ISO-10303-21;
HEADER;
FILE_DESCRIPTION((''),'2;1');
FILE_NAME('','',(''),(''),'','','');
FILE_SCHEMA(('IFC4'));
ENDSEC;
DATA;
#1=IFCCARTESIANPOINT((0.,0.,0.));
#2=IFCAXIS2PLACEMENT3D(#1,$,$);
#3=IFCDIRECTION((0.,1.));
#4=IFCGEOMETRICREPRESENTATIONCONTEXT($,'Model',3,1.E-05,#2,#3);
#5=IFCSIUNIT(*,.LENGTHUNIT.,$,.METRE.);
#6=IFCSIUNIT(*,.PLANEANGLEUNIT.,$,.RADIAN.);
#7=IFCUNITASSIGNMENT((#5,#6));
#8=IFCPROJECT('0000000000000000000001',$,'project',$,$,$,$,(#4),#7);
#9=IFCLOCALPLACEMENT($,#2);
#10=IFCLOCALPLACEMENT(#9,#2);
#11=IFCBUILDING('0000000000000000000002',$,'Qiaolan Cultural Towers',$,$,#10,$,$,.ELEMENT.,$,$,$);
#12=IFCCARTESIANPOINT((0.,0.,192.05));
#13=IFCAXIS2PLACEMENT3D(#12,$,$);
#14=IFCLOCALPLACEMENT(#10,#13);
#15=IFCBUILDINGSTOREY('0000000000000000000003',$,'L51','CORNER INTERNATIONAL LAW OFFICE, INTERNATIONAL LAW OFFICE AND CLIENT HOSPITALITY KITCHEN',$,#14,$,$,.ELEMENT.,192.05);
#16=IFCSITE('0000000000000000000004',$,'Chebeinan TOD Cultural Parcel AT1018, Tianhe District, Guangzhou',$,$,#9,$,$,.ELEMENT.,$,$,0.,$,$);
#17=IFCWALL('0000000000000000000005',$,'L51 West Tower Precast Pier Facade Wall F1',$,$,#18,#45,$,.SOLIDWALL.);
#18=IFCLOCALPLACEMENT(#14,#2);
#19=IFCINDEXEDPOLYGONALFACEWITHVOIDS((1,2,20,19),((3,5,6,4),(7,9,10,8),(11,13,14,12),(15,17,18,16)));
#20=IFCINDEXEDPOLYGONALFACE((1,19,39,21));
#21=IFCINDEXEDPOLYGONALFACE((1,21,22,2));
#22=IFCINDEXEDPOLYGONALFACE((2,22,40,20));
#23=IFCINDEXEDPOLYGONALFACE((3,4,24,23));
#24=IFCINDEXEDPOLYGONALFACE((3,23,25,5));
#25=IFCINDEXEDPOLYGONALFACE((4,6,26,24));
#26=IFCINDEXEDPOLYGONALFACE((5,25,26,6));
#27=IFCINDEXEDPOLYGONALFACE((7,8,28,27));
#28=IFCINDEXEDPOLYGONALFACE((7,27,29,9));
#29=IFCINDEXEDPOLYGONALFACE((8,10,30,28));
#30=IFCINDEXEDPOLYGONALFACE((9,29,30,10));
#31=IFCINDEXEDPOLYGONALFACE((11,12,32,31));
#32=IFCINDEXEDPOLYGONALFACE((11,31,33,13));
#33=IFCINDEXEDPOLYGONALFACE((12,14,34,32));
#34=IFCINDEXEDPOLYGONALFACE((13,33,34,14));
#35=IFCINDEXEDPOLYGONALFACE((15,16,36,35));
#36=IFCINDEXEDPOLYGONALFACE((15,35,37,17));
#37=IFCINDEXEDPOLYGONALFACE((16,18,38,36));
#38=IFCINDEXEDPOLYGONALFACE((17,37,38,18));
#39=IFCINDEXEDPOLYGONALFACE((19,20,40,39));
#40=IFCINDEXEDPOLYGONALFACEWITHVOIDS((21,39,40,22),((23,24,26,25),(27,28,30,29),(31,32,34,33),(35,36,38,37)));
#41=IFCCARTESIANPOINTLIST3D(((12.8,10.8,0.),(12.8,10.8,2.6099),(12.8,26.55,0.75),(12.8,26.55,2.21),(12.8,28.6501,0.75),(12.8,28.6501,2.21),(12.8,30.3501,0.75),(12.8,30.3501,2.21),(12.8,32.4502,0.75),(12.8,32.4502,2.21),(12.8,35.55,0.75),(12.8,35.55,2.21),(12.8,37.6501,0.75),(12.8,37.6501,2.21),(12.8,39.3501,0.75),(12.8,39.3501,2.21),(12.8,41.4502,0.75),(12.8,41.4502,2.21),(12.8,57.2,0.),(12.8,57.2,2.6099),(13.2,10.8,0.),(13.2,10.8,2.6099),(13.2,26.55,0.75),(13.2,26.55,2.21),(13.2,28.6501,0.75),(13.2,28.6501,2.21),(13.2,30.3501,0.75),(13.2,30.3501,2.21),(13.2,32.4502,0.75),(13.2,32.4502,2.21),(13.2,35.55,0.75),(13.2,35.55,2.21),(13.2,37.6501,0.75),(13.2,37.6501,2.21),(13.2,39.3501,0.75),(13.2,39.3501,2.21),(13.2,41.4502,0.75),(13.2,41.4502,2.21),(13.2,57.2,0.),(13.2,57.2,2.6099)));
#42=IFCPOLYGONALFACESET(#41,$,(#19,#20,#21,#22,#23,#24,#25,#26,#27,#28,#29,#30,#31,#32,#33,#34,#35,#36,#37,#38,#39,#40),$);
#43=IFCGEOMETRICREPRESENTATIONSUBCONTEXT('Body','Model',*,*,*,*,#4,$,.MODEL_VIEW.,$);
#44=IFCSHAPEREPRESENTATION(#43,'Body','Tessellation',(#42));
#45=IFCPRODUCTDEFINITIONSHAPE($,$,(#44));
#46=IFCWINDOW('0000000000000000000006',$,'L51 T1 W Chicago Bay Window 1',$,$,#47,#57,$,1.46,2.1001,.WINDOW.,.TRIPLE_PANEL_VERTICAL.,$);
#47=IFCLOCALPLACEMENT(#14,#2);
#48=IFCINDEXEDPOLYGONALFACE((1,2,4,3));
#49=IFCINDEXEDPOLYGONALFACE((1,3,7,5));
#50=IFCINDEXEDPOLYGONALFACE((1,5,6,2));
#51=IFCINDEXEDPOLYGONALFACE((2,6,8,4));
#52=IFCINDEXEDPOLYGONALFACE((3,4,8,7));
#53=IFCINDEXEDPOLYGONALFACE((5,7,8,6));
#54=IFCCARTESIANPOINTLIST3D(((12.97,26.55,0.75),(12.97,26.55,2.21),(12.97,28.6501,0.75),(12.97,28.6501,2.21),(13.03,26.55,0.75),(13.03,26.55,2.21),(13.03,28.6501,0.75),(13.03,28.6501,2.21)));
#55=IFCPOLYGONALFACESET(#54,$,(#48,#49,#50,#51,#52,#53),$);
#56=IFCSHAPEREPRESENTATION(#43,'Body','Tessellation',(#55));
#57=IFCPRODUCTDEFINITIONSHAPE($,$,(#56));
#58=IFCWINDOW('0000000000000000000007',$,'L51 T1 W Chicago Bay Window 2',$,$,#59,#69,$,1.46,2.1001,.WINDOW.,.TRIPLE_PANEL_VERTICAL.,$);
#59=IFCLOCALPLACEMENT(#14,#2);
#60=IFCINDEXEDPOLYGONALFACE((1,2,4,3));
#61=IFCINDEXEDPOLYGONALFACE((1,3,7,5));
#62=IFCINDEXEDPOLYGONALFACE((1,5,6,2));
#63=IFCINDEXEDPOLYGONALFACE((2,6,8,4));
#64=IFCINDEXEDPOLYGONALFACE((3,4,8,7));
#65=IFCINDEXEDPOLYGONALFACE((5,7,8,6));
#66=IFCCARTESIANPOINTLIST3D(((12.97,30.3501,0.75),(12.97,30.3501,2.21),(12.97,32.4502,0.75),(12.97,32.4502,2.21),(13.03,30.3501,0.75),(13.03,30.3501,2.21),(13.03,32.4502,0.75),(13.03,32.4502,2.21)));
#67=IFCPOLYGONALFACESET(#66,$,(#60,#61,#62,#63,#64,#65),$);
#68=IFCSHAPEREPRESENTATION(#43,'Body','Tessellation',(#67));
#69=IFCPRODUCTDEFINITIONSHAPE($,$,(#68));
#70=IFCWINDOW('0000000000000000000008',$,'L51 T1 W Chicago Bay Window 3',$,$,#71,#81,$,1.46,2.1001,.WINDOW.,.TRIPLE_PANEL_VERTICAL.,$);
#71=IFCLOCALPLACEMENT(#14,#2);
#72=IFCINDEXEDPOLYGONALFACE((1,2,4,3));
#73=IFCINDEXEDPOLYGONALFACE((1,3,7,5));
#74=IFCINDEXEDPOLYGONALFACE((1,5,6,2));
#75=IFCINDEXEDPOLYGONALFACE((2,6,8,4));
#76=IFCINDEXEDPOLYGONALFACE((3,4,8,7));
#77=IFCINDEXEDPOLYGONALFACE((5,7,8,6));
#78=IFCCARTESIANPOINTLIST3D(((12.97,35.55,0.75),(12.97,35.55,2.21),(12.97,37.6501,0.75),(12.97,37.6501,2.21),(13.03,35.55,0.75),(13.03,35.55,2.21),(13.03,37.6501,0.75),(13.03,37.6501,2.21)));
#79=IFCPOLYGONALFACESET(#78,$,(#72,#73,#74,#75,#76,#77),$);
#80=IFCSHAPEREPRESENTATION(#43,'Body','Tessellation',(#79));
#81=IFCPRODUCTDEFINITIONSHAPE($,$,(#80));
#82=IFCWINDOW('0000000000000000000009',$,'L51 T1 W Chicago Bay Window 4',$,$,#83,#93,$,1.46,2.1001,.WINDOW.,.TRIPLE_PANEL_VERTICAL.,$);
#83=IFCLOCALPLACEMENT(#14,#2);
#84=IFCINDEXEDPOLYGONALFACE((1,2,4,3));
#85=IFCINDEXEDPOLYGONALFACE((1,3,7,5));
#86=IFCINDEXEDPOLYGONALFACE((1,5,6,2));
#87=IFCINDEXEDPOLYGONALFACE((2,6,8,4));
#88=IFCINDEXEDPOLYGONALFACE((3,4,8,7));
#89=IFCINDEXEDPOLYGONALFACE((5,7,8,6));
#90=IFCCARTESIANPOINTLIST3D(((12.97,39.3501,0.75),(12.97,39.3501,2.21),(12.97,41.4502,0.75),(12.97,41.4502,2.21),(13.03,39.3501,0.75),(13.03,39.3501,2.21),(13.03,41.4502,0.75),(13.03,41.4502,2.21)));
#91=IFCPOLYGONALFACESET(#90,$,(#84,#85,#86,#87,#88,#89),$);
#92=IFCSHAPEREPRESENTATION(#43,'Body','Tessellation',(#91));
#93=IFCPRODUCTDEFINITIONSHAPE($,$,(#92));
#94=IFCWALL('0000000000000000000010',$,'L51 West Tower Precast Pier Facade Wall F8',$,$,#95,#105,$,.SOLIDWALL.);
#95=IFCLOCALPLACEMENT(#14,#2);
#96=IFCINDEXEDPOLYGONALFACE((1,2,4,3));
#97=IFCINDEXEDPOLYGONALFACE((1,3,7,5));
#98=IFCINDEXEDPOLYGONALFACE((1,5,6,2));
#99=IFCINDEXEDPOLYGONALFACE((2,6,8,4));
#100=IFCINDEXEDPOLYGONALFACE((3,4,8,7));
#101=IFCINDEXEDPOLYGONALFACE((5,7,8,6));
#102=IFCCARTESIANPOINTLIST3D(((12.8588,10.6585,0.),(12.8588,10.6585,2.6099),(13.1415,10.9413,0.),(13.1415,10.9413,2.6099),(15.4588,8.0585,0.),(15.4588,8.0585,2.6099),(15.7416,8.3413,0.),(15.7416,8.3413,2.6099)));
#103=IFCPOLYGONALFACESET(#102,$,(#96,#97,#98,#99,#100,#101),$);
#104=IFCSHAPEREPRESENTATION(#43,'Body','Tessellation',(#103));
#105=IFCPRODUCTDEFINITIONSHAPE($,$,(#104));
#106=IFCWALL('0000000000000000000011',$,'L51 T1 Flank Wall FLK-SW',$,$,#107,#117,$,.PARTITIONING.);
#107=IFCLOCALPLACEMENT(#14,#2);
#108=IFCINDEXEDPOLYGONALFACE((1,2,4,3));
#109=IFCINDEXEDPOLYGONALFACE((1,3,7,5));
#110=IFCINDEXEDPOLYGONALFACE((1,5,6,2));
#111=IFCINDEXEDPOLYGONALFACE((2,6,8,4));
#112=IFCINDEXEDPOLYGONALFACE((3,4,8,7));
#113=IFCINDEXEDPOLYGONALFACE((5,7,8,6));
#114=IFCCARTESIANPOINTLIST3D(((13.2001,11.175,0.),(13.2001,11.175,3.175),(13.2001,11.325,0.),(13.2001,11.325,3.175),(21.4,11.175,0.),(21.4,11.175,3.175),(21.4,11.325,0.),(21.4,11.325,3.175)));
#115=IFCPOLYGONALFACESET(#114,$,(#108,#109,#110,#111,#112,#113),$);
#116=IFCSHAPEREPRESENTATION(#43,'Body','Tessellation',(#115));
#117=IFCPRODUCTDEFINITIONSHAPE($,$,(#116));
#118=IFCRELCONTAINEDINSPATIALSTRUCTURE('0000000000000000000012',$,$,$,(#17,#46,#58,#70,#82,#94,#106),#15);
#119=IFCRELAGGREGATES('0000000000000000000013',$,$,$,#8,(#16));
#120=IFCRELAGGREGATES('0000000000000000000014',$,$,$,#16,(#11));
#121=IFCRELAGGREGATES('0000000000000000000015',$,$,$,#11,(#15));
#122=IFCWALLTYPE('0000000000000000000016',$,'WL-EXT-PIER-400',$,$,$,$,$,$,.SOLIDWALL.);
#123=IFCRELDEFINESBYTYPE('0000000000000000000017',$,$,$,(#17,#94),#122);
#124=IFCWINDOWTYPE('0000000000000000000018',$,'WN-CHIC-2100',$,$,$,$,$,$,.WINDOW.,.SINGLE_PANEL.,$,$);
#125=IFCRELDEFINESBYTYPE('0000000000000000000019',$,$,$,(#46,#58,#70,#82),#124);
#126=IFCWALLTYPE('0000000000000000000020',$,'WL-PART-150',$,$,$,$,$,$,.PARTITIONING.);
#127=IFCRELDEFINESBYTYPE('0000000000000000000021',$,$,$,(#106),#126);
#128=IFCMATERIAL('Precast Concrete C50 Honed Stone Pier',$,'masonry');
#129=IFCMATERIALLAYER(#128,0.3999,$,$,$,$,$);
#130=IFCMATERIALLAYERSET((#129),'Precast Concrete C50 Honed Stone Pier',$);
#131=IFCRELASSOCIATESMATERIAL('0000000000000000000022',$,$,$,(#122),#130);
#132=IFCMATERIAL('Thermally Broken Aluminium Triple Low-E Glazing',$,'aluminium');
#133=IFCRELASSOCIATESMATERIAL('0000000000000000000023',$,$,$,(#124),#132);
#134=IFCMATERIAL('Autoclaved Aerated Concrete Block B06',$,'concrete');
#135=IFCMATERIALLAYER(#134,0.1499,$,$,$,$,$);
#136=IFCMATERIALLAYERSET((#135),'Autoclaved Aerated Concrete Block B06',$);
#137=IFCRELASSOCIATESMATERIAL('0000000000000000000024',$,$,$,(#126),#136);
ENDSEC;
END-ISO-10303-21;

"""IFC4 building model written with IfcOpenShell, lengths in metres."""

from ifc_helpers import new_model, si_unit, direction, frame, frame_2d, origin, place, context, subcontext, project, spatial, rectangle, extrude, material, layer, layer_set, type_object, element, fill, save


model = new_model("IFC4")

# Units and contexts
model_context = context("Model", 3, precision=1e-05, world=origin(), true_north=direction((0.0, 1.0)))
body_context = subcontext(model_context, "Body", "Model", "MODEL_VIEW")
ifc_project = project(units=[si_unit("LENGTHUNIT", "METRE"), si_unit("PLANEANGLEUNIT", "RADIAN")], contexts=[model_context])

# Site, building, storey
site_placement = place(None, origin())
site = spatial("IfcSite", under=ifc_project, at=site_placement, Name="Chebeinan TOD Cultural Parcel AT1018, Tianhe District, Guangzhou", CompositionType="ELEMENT", RefElevation=0.0)
building_placement = place(site_placement, origin())
building = spatial("IfcBuilding", under=site, at=building_placement, Name="Qiaolan Cultural Towers", CompositionType="ELEMENT")
storey_placement = place(building_placement, frame((0.0, 0.0, 192.05)))
storey = spatial("IfcBuildingStorey", under=building, at=storey_placement, Name="L51", Description="CORNER INTERNATIONAL LAW OFFICE, INTERNATIONAL LAW OFFICE AND CLIENT HOSPITALITY KITCHEN", CompositionType="ELEMENT", Elevation=192.05)

# Wall, openings, windows
ifc_material_1 = material(Name="Precast Concrete C50 Honed Stone Pier", Category="masonry")
ifc_layer_1 = layer(ifc_material_1, 0.3999)
ifc_layer_set_1 = layer_set([ifc_layer_1], Name="Precast Concrete C50 Honed Stone Pier")
wall_type_1 = type_object("IfcWallType", Name="WL-EXT-PIER-400", PredefinedType="SOLIDWALL", material=ifc_layer_set_1)
wall_1_placement = place(storey_placement, frame((13.0, 10.8, 0.0), z_axis=(0.0, 0.0, 1.0), x_axis=(0.0, 1.0, 0.0)))
wall_1 = element("IfcWall", 1, at=wall_1_placement, inside=storey, type_object=wall_type_1, Name="L51 West Tower Precast Pier Facade Wall F1", PredefinedType="SOLIDWALL", context=body_context, shape_type="SweptSolid", body=[
    extrude(rectangle(XDim=46.3999, YDim=0.3999, at=frame_2d((23.2, 0.0))), origin(), (0.0, 0.0, 1.0), 2.6099),
])
opening_1_placement = place(wall_1_placement, frame((15.75, 0.0, 0.75)))
opening_1 = element("IfcOpeningElement", 2, at=opening_1_placement, cuts=wall_1, PredefinedType="OPENING", context=body_context, shape_type="SweptSolid", body=[
    extrude(rectangle(XDim=2.1001, YDim=1.46, at=frame_2d((1.05, 0.73))), frame((0.0, 0.21, 0.0), z_axis=(0.0, -1.0, 0.0), x_axis=(1.0, 0.0, 0.0)), (0.0, 0.0, 1.0), 0.4199),
])
opening_2_placement = place(wall_1_placement, frame((19.55, 0.0, 0.75)))
opening_2 = element("IfcOpeningElement", 3, at=opening_2_placement, cuts=wall_1, PredefinedType="OPENING", context=body_context, shape_type="SweptSolid", body=[
    extrude(rectangle(XDim=2.1001, YDim=1.46, at=frame_2d((1.05, 0.73))), frame((0.0, 0.21, 0.0), z_axis=(0.0, -1.0, 0.0), x_axis=(1.0, 0.0, 0.0)), (0.0, 0.0, 1.0), 0.4199),
])
opening_3_placement = place(wall_1_placement, frame((24.75, 0.0, 0.75)))
opening_3 = element("IfcOpeningElement", 4, at=opening_3_placement, cuts=wall_1, PredefinedType="OPENING", context=body_context, shape_type="SweptSolid", body=[
    extrude(rectangle(XDim=2.1001, YDim=1.46, at=frame_2d((1.05, 0.73))), frame((0.0, 0.21, 0.0), z_axis=(0.0, -1.0, 0.0), x_axis=(1.0, 0.0, 0.0)), (0.0, 0.0, 1.0), 0.4199),
])
opening_4_placement = place(wall_1_placement, frame((28.55, 0.0, 0.75)))
opening_4 = element("IfcOpeningElement", 5, at=opening_4_placement, cuts=wall_1, PredefinedType="OPENING", context=body_context, shape_type="SweptSolid", body=[
    extrude(rectangle(XDim=2.1001, YDim=1.46, at=frame_2d((1.05, 0.73))), frame((0.0, 0.21, 0.0), z_axis=(0.0, -1.0, 0.0), x_axis=(1.0, 0.0, 0.0)), (0.0, 0.0, 1.0), 0.4199),
])
ifc_material_2 = material(Name="Thermally Broken Aluminium Triple Low-E Glazing", Category="aluminium")
window_type = type_object("IfcWindowType", Name="WN-CHIC-2100", PartitioningType="SINGLE_PANEL", PredefinedType="WINDOW", material=ifc_material_2)
window_1_placement = place(opening_1_placement, origin())
window_1 = element("IfcWindow", 6, at=window_1_placement, inside=storey, type_object=window_type, Name="L51 T1 W Chicago Bay Window 1", OverallHeight=1.46, OverallWidth=2.1001, PartitioningType="TRIPLE_PANEL_VERTICAL", PredefinedType="WINDOW", context=body_context, shape_type="SweptSolid", body=[
    extrude(rectangle(XDim=2.1001, YDim=1.46, at=frame_2d((1.05, 0.73))), frame((0.0, 0.03, 0.0), z_axis=(0.0, -1.0, 0.0), x_axis=(1.0, 0.0, 0.0)), (0.0, 0.0, 1.0), 0.0601),
])
fill(opening_1, window_1)
window_2_placement = place(opening_2_placement, origin())
window_2 = element("IfcWindow", 7, at=window_2_placement, inside=storey, type_object=window_type, Name="L51 T1 W Chicago Bay Window 2", OverallHeight=1.46, OverallWidth=2.1001, PartitioningType="TRIPLE_PANEL_VERTICAL", PredefinedType="WINDOW", context=body_context, shape_type="SweptSolid", body=[
    extrude(rectangle(XDim=2.1001, YDim=1.46, at=frame_2d((1.05, 0.73))), frame((0.0, 0.03, 0.0), z_axis=(0.0, -1.0, 0.0), x_axis=(1.0, 0.0, 0.0)), (0.0, 0.0, 1.0), 0.0601),
])
fill(opening_2, window_2)
window_3_placement = place(opening_3_placement, origin())
window_3 = element("IfcWindow", 8, at=window_3_placement, inside=storey, type_object=window_type, Name="L51 T1 W Chicago Bay Window 3", OverallHeight=1.46, OverallWidth=2.1001, PartitioningType="TRIPLE_PANEL_VERTICAL", PredefinedType="WINDOW", context=body_context, shape_type="SweptSolid", body=[
    extrude(rectangle(XDim=2.1001, YDim=1.46, at=frame_2d((1.05, 0.73))), frame((0.0, 0.03, 0.0), z_axis=(0.0, -1.0, 0.0), x_axis=(1.0, 0.0, 0.0)), (0.0, 0.0, 1.0), 0.0601),
])
fill(opening_3, window_3)
window_4_placement = place(opening_4_placement, origin())
window_4 = element("IfcWindow", 9, at=window_4_placement, inside=storey, type_object=window_type, Name="L51 T1 W Chicago Bay Window 4", OverallHeight=1.46, OverallWidth=2.1001, PartitioningType="TRIPLE_PANEL_VERTICAL", PredefinedType="WINDOW", context=body_context, shape_type="SweptSolid", body=[
    extrude(rectangle(XDim=2.1001, YDim=1.46, at=frame_2d((1.05, 0.73))), frame((0.0, 0.03, 0.0), z_axis=(0.0, -1.0, 0.0), x_axis=(1.0, 0.0, 0.0)), (0.0, 0.0, 1.0), 0.0601),
])
fill(opening_4, window_4)

# Walls
wall_2_placement = place(storey_placement, frame((15.6001, 8.2, 0.0), z_axis=(0.0, 0.0, 1.0), x_axis=(-0.707107, 0.707107, 0.0)))
element("IfcWall", 10, at=wall_2_placement, inside=storey, type_object=wall_type_1, Name="L51 West Tower Precast Pier Facade Wall F8", PredefinedType="SOLIDWALL", context=body_context, shape_type="SweptSolid", body=[
    extrude(rectangle(XDim=3.677, YDim=0.3999, at=frame_2d((1.8384, 0.0))), origin(), (0.0, 0.0, 1.0), 2.6099),
])
ifc_material_3 = material(Name="Autoclaved Aerated Concrete Block B06", Category="concrete")
ifc_layer_2 = layer(ifc_material_3, 0.1499)
ifc_layer_set_2 = layer_set([ifc_layer_2], Name="Autoclaved Aerated Concrete Block B06")
wall_type_2 = type_object("IfcWallType", Name="WL-PART-150", PredefinedType="PARTITIONING", material=ifc_layer_set_2)
wall_3_placement = place(storey_placement, frame((13.2, 11.25, 0.0), z_axis=(0.0, 0.0, 1.0), x_axis=(1.0, 0.0, 0.0)))
element("IfcWall", 11, at=wall_3_placement, inside=storey, type_object=wall_type_2, Name="L51 T1 Flank Wall FLK-SW", PredefinedType="PARTITIONING", context=body_context, shape_type="SweptSolid", body=[
    extrude(rectangle(XDim=8.2, YDim=0.1499, at=frame_2d((4.1001, 0.0))), origin(), (0.0, 0.0, 1.0), 3.175),
])

save(model, "model.ifc")
